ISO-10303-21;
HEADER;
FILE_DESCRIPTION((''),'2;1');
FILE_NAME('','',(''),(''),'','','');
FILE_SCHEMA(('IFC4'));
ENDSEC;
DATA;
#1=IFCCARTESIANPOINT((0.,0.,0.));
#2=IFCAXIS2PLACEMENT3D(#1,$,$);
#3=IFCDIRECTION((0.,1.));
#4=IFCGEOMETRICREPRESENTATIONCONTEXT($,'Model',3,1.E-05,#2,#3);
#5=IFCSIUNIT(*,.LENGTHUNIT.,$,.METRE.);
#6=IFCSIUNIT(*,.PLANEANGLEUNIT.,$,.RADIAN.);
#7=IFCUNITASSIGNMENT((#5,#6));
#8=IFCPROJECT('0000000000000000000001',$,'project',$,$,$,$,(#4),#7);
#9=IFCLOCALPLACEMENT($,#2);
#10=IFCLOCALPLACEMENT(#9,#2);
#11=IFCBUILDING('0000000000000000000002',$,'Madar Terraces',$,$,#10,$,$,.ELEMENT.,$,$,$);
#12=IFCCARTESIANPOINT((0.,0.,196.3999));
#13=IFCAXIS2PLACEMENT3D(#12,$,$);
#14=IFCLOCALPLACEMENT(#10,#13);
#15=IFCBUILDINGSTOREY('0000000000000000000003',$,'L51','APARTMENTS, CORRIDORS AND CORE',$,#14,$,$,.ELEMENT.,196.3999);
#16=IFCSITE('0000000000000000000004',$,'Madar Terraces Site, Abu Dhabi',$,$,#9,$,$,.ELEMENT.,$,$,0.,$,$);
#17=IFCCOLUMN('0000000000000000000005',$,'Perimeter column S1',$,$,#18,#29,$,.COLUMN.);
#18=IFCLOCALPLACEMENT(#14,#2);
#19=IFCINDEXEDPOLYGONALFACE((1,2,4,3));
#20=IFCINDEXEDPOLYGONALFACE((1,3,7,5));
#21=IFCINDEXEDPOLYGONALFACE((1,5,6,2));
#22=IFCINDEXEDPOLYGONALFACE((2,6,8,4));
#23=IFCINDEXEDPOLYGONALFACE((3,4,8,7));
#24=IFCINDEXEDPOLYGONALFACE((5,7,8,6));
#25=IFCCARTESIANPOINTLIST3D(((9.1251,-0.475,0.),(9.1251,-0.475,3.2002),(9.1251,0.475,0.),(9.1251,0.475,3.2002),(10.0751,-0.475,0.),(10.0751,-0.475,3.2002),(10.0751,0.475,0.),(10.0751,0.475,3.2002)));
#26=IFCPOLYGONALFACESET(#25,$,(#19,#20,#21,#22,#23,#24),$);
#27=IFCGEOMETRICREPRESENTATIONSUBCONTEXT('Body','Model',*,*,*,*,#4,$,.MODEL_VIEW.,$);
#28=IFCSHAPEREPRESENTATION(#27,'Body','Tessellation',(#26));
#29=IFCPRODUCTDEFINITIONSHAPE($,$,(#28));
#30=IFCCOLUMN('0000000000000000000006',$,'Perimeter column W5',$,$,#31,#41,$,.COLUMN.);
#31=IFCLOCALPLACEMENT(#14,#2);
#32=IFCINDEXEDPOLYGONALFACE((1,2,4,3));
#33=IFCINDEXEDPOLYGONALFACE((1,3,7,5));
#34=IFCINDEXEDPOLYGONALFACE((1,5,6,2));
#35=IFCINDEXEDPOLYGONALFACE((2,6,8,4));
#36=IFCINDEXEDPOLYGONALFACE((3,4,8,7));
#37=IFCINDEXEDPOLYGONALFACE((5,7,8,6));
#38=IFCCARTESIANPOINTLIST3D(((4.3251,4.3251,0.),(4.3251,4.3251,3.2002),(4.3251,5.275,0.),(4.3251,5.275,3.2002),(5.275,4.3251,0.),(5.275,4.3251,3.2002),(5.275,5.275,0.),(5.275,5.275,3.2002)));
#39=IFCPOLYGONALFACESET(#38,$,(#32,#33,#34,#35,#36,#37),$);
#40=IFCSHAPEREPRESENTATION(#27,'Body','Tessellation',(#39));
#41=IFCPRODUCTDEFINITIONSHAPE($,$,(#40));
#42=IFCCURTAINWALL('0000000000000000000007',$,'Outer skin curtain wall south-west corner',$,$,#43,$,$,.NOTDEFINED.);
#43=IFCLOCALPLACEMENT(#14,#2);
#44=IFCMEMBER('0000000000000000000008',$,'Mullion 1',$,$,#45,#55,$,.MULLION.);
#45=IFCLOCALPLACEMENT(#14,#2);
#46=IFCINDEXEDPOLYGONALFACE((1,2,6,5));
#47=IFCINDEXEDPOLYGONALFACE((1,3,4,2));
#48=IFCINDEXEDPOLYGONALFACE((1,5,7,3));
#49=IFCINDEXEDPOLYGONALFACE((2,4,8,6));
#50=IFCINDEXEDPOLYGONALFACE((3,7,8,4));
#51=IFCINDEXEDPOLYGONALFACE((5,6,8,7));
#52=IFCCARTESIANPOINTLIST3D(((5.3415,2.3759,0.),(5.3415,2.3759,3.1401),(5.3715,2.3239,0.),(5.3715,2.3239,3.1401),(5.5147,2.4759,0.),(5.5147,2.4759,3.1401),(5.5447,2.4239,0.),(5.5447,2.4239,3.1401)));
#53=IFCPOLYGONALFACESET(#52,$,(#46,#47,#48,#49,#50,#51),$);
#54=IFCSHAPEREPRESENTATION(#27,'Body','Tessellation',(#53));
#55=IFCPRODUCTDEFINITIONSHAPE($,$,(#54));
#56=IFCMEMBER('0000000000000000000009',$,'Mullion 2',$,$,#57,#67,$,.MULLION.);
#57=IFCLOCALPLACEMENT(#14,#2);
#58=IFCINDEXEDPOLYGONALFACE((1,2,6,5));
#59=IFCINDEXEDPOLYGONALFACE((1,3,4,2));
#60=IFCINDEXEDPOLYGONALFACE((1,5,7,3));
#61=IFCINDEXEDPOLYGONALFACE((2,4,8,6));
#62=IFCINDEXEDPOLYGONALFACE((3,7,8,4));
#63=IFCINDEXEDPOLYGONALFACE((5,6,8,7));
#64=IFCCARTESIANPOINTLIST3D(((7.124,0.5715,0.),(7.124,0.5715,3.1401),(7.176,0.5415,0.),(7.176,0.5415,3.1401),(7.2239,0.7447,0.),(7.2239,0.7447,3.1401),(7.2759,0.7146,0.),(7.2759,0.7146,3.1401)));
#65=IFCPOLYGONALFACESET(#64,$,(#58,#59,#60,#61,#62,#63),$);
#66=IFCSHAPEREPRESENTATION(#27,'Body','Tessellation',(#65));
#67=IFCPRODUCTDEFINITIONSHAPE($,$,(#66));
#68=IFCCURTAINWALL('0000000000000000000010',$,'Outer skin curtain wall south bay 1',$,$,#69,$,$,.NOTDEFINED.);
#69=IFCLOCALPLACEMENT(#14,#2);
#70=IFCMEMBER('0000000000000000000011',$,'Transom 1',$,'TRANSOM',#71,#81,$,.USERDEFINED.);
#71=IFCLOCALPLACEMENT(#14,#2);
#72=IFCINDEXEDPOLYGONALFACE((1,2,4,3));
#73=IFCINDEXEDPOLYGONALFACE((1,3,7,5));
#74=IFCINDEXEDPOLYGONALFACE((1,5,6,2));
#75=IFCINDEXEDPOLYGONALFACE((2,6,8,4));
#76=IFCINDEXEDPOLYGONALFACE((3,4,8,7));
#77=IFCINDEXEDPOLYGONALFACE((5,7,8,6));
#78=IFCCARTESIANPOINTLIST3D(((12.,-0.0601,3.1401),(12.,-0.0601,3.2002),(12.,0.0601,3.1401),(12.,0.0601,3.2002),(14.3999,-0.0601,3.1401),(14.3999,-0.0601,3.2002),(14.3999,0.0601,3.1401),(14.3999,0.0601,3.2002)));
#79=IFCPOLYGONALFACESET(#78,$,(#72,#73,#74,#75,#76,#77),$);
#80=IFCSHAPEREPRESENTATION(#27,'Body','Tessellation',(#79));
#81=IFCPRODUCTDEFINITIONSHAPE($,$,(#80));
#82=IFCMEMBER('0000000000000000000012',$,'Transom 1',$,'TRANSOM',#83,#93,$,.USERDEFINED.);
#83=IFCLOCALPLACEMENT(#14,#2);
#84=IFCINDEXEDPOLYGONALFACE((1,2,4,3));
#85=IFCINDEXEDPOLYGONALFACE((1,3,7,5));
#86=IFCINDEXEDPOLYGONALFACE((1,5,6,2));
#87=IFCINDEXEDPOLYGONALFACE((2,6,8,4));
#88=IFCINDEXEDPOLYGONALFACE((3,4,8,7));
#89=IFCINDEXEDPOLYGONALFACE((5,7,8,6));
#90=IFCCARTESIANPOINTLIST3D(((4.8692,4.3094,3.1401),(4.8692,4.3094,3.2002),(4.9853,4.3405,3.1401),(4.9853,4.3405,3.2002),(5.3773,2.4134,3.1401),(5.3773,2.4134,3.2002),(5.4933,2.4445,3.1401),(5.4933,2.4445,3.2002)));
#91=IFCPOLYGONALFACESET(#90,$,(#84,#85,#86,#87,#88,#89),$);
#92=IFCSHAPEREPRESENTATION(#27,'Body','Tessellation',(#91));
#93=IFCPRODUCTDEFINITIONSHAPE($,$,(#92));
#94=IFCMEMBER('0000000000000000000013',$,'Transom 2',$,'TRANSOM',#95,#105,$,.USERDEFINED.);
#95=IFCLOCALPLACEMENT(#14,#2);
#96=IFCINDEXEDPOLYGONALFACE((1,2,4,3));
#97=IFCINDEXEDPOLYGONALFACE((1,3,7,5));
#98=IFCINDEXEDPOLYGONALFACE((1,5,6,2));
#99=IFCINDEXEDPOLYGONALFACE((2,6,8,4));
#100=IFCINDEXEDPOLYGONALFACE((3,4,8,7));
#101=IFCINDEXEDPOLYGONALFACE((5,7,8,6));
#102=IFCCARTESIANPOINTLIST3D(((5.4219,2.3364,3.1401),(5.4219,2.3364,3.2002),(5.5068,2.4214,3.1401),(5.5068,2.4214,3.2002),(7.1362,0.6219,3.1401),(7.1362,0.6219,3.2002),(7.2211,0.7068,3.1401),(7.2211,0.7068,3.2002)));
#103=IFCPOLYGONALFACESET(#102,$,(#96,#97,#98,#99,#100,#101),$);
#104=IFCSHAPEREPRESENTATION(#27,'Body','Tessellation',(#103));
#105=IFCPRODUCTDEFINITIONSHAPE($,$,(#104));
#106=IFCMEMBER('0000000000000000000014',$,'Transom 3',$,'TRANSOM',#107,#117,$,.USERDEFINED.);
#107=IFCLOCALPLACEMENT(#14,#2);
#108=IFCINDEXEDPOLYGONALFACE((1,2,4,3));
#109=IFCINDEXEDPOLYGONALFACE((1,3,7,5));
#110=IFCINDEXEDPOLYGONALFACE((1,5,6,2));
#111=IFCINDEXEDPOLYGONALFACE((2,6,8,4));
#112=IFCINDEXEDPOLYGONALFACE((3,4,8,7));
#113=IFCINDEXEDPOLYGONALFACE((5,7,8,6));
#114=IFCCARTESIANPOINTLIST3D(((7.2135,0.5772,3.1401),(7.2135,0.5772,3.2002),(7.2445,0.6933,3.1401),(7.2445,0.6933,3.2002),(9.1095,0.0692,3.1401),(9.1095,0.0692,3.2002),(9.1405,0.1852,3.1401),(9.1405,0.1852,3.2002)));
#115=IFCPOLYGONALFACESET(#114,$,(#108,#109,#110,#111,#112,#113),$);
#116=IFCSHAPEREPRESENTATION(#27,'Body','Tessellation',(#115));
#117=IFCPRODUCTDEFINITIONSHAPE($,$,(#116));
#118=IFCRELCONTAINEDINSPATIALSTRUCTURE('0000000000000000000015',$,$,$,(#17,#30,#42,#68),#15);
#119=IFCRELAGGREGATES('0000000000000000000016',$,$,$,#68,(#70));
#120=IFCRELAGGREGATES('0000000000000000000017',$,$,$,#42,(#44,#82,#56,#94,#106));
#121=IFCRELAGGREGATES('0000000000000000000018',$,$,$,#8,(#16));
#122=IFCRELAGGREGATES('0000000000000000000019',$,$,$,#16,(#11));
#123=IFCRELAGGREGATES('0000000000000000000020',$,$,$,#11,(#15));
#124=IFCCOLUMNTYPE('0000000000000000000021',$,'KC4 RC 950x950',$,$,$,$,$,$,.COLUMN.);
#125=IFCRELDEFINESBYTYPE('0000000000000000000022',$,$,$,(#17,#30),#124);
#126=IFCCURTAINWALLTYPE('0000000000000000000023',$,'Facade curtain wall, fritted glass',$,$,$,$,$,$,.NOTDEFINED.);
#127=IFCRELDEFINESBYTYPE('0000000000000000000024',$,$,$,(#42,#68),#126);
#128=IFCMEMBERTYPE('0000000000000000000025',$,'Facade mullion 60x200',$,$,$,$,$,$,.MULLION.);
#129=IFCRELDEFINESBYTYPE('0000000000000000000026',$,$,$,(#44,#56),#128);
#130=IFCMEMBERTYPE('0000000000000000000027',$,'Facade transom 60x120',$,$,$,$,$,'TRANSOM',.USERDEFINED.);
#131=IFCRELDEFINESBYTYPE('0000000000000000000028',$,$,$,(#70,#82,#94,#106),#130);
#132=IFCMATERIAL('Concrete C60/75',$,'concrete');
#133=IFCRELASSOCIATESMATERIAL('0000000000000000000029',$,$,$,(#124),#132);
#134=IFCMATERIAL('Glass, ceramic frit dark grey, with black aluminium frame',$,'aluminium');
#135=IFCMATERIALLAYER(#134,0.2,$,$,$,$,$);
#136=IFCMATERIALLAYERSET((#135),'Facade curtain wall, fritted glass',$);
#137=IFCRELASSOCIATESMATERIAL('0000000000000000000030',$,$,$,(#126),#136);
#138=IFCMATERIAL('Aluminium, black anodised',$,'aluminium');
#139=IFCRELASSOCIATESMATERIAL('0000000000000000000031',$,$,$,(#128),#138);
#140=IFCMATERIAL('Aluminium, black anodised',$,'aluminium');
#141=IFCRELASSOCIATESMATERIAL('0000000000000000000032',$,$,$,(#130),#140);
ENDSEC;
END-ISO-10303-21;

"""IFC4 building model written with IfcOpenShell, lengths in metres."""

from ifc_helpers import new_model, si_unit, direction, frame, origin, origin_2d, place, context, subcontext, project, spatial, rectangle, extrude, material, layer, layer_set, material_profile, profile_set, type_object, element, aggregate, save


model = new_model("IFC4")

# Units and contexts
model_context = context("Model", 3, precision=1e-05, world=origin(), true_north=direction((0.0, 1.0)))
body_context = subcontext(model_context, "Body", "Model", "MODEL_VIEW")
ifc_project = project(units=[si_unit("LENGTHUNIT", "METRE"), si_unit("PLANEANGLEUNIT", "RADIAN")], contexts=[model_context])

# Site, building, storey
site_placement = place(None, origin())
site = spatial("IfcSite", under=ifc_project, at=site_placement, Name="Madar Terraces Site, Abu Dhabi", CompositionType="ELEMENT", RefElevation=0.0)
building_placement = place(site_placement, origin())
building = spatial("IfcBuilding", under=site, at=building_placement, Name="Madar Terraces", CompositionType="ELEMENT")
storey_placement = place(building_placement, frame((0.0, 0.0, 196.3999)))
storey = spatial("IfcBuildingStorey", under=building, at=storey_placement, Name="L51", Description="APARTMENTS, CORRIDORS AND CORE", CompositionType="ELEMENT", Elevation=196.3999)

# Columns
ifc_material_1 = material(Name="Concrete C60/75", Category="concrete")
ifc_material_profile_1 = material_profile(ifc_material_1, rectangle(XDim=0.95, YDim=0.95, at=origin_2d()), Name="KC4 RC 950x950")
ifc_profile_set_1 = profile_set([ifc_material_profile_1], Name="Concrete C60/75")
column_type = type_object("IfcColumnType", Name="KC4 RC 950x950", PredefinedType="COLUMN", material=ifc_profile_set_1)
for number, where, z_axis, x_axis, name in (
    (1, (9.6001, 0.0, 0.0), (0.0, 0.0, 1.0), (1.0, 0.0, 0.0), "Perimeter column S1"),
    (2, (4.8, 4.8, 0.0), (0.0, 0.0, 1.0), (1.0, 0.0, 0.0), "Perimeter column W5"),
):
    element("IfcColumn", number, at=place(storey_placement, frame(where, z_axis=z_axis, x_axis=x_axis)), inside=storey, type_object=column_type, Name=name, PredefinedType="COLUMN", context=body_context, shape_type="SweptSolid", body=[
        extrude(rectangle(XDim=0.95, YDim=0.95, at=origin_2d()), origin(), (0.0, 0.0, 1.0), 3.2002),
    ])

# Curtain wall, members
ifc_material_2 = material(Name="Glass, ceramic frit dark grey, with black aluminium frame", Category="aluminium")
ifc_layer_1 = layer(ifc_material_2, 0.2)
ifc_layer_set_1 = layer_set([ifc_layer_1], Name="Facade curtain wall, fritted glass")
curtain_wall_type = type_object("IfcCurtainWallType", Name="Facade curtain wall, fritted glass", PredefinedType="NOTDEFINED", material=ifc_layer_set_1)
curtain_wall_1_placement = place(storey_placement, origin())
curtain_wall_1 = element("IfcCurtainWall", 3, at=curtain_wall_1_placement, inside=storey, type_object=curtain_wall_type, Name="Outer skin curtain wall south-west corner", PredefinedType="NOTDEFINED")
ifc_material_3 = material(Name="Aluminium, black anodised", Category="aluminium")
ifc_material_profile_2 = material_profile(ifc_material_3, rectangle(XDim=0.2, YDim=0.0601, at=origin_2d()), Name="Facade mullion 60x200")
ifc_profile_set_2 = profile_set([ifc_material_profile_2], Name="Aluminium, black anodised")
member_type_1 = type_object("IfcMemberType", Name="Facade mullion 60x200", PredefinedType="MULLION", material=ifc_profile_set_2)
member_1_placement = place(storey_placement, frame((5.4431, 2.3999, 0.0), z_axis=(0.0, 0.0, 1.0), x_axis=(0.866025, 0.5, 0.0)))
member_1 = element("IfcMember", 4, at=member_1_placement, type_object=member_type_1, Name="Mullion 1", PredefinedType="MULLION", context=body_context, shape_type="SweptSolid", body=[
    extrude(rectangle(XDim=0.2, YDim=0.0601, at=origin_2d()), origin(), (0.0, 0.0, 1.0), 3.1401),
])
member_2_placement = place(storey_placement, frame((7.2, 0.6431, 0.0), z_axis=(0.0, 0.0, 1.0), x_axis=(0.5, 0.866025, 0.0)))
member_2 = element("IfcMember", 5, at=member_2_placement, type_object=member_type_1, Name="Mullion 2", PredefinedType="MULLION", context=body_context, shape_type="SweptSolid", body=[
    extrude(rectangle(XDim=0.2, YDim=0.0601, at=origin_2d()), origin(), (0.0, 0.0, 1.0), 3.1401),
])

# Curtain wall, member
curtain_wall_2_placement = place(storey_placement, origin())
curtain_wall_2 = element("IfcCurtainWall", 6, at=curtain_wall_2_placement, inside=storey, type_object=curtain_wall_type, Name="Outer skin curtain wall south bay 1", PredefinedType="NOTDEFINED")
ifc_material_4 = material(Name="Aluminium, black anodised", Category="aluminium")
ifc_material_profile_3 = material_profile(ifc_material_4, rectangle(XDim=0.1201, YDim=0.0601, at=origin_2d()), Name="Facade transom 60x120")
ifc_profile_set_3 = profile_set([ifc_material_profile_3], Name="Aluminium, black anodised")
member_type_2 = type_object("IfcMemberType", Name="Facade transom 60x120", ElementType="TRANSOM", PredefinedType="USERDEFINED", material=ifc_profile_set_3)
member_3_placement = place(storey_placement, frame((12.0, 0.0, 3.1702), z_axis=(1.0, 0.0, 0.0), x_axis=(0.0, 1.0, 0.0)))
member_3 = element("IfcMember", 7, at=member_3_placement, type_object=member_type_2, Name="Transom 1", ObjectType="TRANSOM", PredefinedType="USERDEFINED", context=body_context, shape_type="SweptSolid", body=[
    extrude(rectangle(XDim=0.1201, YDim=0.0601, at=origin_2d()), origin(), (0.0, 0.0, 1.0), 2.3999),
])

# Members
member_4_placement = place(storey_placement, frame((4.9272, 4.325, 3.1702), z_axis=(0.258831, -0.965923, 0.0), x_axis=(0.965923, 0.258831, 0.0)))
member_4 = element("IfcMember", 8, at=member_4_placement, type_object=member_type_2, Name="Transom 1", ObjectType="TRANSOM", PredefinedType="USERDEFINED", context=body_context, shape_type="SweptSolid", body=[
    extrude(rectangle(XDim=0.1201, YDim=0.0601, at=origin_2d()), origin(), (0.0, 0.0, 1.0), 1.9629),
])
member_5_placement = place(storey_placement, frame((5.4644, 2.3789, 3.1702), z_axis=(0.707056, -0.707157, 0.0), x_axis=(0.707157, 0.707056, 0.0)))
member_5 = element("IfcMember", 9, at=member_5_placement, type_object=member_type_2, Name="Transom 2", ObjectType="TRANSOM", PredefinedType="USERDEFINED", context=body_context, shape_type="SweptSolid", body=[
    extrude(rectangle(XDim=0.1201, YDim=0.0601, at=origin_2d()), origin(), (0.0, 0.0, 1.0), 2.4246),
])
member_6_placement = place(storey_placement, frame((7.229, 0.6353, 3.1702), z_axis=(0.965923, -0.258831, 0.0), x_axis=(0.258831, 0.965923, 0.0)))
member_6 = element("IfcMember", 10, at=member_6_placement, type_object=member_type_2, Name="Transom 3", ObjectType="TRANSOM", PredefinedType="USERDEFINED", context=body_context, shape_type="SweptSolid", body=[
    extrude(rectangle(XDim=0.1201, YDim=0.0601, at=origin_2d()), origin(), (0.0, 0.0, 1.0), 1.9629),
])

aggregate(curtain_wall_2, [member_3])
aggregate(curtain_wall_1, [member_1, member_4, member_2, member_5, member_6])

save(model, "model.ifc")
